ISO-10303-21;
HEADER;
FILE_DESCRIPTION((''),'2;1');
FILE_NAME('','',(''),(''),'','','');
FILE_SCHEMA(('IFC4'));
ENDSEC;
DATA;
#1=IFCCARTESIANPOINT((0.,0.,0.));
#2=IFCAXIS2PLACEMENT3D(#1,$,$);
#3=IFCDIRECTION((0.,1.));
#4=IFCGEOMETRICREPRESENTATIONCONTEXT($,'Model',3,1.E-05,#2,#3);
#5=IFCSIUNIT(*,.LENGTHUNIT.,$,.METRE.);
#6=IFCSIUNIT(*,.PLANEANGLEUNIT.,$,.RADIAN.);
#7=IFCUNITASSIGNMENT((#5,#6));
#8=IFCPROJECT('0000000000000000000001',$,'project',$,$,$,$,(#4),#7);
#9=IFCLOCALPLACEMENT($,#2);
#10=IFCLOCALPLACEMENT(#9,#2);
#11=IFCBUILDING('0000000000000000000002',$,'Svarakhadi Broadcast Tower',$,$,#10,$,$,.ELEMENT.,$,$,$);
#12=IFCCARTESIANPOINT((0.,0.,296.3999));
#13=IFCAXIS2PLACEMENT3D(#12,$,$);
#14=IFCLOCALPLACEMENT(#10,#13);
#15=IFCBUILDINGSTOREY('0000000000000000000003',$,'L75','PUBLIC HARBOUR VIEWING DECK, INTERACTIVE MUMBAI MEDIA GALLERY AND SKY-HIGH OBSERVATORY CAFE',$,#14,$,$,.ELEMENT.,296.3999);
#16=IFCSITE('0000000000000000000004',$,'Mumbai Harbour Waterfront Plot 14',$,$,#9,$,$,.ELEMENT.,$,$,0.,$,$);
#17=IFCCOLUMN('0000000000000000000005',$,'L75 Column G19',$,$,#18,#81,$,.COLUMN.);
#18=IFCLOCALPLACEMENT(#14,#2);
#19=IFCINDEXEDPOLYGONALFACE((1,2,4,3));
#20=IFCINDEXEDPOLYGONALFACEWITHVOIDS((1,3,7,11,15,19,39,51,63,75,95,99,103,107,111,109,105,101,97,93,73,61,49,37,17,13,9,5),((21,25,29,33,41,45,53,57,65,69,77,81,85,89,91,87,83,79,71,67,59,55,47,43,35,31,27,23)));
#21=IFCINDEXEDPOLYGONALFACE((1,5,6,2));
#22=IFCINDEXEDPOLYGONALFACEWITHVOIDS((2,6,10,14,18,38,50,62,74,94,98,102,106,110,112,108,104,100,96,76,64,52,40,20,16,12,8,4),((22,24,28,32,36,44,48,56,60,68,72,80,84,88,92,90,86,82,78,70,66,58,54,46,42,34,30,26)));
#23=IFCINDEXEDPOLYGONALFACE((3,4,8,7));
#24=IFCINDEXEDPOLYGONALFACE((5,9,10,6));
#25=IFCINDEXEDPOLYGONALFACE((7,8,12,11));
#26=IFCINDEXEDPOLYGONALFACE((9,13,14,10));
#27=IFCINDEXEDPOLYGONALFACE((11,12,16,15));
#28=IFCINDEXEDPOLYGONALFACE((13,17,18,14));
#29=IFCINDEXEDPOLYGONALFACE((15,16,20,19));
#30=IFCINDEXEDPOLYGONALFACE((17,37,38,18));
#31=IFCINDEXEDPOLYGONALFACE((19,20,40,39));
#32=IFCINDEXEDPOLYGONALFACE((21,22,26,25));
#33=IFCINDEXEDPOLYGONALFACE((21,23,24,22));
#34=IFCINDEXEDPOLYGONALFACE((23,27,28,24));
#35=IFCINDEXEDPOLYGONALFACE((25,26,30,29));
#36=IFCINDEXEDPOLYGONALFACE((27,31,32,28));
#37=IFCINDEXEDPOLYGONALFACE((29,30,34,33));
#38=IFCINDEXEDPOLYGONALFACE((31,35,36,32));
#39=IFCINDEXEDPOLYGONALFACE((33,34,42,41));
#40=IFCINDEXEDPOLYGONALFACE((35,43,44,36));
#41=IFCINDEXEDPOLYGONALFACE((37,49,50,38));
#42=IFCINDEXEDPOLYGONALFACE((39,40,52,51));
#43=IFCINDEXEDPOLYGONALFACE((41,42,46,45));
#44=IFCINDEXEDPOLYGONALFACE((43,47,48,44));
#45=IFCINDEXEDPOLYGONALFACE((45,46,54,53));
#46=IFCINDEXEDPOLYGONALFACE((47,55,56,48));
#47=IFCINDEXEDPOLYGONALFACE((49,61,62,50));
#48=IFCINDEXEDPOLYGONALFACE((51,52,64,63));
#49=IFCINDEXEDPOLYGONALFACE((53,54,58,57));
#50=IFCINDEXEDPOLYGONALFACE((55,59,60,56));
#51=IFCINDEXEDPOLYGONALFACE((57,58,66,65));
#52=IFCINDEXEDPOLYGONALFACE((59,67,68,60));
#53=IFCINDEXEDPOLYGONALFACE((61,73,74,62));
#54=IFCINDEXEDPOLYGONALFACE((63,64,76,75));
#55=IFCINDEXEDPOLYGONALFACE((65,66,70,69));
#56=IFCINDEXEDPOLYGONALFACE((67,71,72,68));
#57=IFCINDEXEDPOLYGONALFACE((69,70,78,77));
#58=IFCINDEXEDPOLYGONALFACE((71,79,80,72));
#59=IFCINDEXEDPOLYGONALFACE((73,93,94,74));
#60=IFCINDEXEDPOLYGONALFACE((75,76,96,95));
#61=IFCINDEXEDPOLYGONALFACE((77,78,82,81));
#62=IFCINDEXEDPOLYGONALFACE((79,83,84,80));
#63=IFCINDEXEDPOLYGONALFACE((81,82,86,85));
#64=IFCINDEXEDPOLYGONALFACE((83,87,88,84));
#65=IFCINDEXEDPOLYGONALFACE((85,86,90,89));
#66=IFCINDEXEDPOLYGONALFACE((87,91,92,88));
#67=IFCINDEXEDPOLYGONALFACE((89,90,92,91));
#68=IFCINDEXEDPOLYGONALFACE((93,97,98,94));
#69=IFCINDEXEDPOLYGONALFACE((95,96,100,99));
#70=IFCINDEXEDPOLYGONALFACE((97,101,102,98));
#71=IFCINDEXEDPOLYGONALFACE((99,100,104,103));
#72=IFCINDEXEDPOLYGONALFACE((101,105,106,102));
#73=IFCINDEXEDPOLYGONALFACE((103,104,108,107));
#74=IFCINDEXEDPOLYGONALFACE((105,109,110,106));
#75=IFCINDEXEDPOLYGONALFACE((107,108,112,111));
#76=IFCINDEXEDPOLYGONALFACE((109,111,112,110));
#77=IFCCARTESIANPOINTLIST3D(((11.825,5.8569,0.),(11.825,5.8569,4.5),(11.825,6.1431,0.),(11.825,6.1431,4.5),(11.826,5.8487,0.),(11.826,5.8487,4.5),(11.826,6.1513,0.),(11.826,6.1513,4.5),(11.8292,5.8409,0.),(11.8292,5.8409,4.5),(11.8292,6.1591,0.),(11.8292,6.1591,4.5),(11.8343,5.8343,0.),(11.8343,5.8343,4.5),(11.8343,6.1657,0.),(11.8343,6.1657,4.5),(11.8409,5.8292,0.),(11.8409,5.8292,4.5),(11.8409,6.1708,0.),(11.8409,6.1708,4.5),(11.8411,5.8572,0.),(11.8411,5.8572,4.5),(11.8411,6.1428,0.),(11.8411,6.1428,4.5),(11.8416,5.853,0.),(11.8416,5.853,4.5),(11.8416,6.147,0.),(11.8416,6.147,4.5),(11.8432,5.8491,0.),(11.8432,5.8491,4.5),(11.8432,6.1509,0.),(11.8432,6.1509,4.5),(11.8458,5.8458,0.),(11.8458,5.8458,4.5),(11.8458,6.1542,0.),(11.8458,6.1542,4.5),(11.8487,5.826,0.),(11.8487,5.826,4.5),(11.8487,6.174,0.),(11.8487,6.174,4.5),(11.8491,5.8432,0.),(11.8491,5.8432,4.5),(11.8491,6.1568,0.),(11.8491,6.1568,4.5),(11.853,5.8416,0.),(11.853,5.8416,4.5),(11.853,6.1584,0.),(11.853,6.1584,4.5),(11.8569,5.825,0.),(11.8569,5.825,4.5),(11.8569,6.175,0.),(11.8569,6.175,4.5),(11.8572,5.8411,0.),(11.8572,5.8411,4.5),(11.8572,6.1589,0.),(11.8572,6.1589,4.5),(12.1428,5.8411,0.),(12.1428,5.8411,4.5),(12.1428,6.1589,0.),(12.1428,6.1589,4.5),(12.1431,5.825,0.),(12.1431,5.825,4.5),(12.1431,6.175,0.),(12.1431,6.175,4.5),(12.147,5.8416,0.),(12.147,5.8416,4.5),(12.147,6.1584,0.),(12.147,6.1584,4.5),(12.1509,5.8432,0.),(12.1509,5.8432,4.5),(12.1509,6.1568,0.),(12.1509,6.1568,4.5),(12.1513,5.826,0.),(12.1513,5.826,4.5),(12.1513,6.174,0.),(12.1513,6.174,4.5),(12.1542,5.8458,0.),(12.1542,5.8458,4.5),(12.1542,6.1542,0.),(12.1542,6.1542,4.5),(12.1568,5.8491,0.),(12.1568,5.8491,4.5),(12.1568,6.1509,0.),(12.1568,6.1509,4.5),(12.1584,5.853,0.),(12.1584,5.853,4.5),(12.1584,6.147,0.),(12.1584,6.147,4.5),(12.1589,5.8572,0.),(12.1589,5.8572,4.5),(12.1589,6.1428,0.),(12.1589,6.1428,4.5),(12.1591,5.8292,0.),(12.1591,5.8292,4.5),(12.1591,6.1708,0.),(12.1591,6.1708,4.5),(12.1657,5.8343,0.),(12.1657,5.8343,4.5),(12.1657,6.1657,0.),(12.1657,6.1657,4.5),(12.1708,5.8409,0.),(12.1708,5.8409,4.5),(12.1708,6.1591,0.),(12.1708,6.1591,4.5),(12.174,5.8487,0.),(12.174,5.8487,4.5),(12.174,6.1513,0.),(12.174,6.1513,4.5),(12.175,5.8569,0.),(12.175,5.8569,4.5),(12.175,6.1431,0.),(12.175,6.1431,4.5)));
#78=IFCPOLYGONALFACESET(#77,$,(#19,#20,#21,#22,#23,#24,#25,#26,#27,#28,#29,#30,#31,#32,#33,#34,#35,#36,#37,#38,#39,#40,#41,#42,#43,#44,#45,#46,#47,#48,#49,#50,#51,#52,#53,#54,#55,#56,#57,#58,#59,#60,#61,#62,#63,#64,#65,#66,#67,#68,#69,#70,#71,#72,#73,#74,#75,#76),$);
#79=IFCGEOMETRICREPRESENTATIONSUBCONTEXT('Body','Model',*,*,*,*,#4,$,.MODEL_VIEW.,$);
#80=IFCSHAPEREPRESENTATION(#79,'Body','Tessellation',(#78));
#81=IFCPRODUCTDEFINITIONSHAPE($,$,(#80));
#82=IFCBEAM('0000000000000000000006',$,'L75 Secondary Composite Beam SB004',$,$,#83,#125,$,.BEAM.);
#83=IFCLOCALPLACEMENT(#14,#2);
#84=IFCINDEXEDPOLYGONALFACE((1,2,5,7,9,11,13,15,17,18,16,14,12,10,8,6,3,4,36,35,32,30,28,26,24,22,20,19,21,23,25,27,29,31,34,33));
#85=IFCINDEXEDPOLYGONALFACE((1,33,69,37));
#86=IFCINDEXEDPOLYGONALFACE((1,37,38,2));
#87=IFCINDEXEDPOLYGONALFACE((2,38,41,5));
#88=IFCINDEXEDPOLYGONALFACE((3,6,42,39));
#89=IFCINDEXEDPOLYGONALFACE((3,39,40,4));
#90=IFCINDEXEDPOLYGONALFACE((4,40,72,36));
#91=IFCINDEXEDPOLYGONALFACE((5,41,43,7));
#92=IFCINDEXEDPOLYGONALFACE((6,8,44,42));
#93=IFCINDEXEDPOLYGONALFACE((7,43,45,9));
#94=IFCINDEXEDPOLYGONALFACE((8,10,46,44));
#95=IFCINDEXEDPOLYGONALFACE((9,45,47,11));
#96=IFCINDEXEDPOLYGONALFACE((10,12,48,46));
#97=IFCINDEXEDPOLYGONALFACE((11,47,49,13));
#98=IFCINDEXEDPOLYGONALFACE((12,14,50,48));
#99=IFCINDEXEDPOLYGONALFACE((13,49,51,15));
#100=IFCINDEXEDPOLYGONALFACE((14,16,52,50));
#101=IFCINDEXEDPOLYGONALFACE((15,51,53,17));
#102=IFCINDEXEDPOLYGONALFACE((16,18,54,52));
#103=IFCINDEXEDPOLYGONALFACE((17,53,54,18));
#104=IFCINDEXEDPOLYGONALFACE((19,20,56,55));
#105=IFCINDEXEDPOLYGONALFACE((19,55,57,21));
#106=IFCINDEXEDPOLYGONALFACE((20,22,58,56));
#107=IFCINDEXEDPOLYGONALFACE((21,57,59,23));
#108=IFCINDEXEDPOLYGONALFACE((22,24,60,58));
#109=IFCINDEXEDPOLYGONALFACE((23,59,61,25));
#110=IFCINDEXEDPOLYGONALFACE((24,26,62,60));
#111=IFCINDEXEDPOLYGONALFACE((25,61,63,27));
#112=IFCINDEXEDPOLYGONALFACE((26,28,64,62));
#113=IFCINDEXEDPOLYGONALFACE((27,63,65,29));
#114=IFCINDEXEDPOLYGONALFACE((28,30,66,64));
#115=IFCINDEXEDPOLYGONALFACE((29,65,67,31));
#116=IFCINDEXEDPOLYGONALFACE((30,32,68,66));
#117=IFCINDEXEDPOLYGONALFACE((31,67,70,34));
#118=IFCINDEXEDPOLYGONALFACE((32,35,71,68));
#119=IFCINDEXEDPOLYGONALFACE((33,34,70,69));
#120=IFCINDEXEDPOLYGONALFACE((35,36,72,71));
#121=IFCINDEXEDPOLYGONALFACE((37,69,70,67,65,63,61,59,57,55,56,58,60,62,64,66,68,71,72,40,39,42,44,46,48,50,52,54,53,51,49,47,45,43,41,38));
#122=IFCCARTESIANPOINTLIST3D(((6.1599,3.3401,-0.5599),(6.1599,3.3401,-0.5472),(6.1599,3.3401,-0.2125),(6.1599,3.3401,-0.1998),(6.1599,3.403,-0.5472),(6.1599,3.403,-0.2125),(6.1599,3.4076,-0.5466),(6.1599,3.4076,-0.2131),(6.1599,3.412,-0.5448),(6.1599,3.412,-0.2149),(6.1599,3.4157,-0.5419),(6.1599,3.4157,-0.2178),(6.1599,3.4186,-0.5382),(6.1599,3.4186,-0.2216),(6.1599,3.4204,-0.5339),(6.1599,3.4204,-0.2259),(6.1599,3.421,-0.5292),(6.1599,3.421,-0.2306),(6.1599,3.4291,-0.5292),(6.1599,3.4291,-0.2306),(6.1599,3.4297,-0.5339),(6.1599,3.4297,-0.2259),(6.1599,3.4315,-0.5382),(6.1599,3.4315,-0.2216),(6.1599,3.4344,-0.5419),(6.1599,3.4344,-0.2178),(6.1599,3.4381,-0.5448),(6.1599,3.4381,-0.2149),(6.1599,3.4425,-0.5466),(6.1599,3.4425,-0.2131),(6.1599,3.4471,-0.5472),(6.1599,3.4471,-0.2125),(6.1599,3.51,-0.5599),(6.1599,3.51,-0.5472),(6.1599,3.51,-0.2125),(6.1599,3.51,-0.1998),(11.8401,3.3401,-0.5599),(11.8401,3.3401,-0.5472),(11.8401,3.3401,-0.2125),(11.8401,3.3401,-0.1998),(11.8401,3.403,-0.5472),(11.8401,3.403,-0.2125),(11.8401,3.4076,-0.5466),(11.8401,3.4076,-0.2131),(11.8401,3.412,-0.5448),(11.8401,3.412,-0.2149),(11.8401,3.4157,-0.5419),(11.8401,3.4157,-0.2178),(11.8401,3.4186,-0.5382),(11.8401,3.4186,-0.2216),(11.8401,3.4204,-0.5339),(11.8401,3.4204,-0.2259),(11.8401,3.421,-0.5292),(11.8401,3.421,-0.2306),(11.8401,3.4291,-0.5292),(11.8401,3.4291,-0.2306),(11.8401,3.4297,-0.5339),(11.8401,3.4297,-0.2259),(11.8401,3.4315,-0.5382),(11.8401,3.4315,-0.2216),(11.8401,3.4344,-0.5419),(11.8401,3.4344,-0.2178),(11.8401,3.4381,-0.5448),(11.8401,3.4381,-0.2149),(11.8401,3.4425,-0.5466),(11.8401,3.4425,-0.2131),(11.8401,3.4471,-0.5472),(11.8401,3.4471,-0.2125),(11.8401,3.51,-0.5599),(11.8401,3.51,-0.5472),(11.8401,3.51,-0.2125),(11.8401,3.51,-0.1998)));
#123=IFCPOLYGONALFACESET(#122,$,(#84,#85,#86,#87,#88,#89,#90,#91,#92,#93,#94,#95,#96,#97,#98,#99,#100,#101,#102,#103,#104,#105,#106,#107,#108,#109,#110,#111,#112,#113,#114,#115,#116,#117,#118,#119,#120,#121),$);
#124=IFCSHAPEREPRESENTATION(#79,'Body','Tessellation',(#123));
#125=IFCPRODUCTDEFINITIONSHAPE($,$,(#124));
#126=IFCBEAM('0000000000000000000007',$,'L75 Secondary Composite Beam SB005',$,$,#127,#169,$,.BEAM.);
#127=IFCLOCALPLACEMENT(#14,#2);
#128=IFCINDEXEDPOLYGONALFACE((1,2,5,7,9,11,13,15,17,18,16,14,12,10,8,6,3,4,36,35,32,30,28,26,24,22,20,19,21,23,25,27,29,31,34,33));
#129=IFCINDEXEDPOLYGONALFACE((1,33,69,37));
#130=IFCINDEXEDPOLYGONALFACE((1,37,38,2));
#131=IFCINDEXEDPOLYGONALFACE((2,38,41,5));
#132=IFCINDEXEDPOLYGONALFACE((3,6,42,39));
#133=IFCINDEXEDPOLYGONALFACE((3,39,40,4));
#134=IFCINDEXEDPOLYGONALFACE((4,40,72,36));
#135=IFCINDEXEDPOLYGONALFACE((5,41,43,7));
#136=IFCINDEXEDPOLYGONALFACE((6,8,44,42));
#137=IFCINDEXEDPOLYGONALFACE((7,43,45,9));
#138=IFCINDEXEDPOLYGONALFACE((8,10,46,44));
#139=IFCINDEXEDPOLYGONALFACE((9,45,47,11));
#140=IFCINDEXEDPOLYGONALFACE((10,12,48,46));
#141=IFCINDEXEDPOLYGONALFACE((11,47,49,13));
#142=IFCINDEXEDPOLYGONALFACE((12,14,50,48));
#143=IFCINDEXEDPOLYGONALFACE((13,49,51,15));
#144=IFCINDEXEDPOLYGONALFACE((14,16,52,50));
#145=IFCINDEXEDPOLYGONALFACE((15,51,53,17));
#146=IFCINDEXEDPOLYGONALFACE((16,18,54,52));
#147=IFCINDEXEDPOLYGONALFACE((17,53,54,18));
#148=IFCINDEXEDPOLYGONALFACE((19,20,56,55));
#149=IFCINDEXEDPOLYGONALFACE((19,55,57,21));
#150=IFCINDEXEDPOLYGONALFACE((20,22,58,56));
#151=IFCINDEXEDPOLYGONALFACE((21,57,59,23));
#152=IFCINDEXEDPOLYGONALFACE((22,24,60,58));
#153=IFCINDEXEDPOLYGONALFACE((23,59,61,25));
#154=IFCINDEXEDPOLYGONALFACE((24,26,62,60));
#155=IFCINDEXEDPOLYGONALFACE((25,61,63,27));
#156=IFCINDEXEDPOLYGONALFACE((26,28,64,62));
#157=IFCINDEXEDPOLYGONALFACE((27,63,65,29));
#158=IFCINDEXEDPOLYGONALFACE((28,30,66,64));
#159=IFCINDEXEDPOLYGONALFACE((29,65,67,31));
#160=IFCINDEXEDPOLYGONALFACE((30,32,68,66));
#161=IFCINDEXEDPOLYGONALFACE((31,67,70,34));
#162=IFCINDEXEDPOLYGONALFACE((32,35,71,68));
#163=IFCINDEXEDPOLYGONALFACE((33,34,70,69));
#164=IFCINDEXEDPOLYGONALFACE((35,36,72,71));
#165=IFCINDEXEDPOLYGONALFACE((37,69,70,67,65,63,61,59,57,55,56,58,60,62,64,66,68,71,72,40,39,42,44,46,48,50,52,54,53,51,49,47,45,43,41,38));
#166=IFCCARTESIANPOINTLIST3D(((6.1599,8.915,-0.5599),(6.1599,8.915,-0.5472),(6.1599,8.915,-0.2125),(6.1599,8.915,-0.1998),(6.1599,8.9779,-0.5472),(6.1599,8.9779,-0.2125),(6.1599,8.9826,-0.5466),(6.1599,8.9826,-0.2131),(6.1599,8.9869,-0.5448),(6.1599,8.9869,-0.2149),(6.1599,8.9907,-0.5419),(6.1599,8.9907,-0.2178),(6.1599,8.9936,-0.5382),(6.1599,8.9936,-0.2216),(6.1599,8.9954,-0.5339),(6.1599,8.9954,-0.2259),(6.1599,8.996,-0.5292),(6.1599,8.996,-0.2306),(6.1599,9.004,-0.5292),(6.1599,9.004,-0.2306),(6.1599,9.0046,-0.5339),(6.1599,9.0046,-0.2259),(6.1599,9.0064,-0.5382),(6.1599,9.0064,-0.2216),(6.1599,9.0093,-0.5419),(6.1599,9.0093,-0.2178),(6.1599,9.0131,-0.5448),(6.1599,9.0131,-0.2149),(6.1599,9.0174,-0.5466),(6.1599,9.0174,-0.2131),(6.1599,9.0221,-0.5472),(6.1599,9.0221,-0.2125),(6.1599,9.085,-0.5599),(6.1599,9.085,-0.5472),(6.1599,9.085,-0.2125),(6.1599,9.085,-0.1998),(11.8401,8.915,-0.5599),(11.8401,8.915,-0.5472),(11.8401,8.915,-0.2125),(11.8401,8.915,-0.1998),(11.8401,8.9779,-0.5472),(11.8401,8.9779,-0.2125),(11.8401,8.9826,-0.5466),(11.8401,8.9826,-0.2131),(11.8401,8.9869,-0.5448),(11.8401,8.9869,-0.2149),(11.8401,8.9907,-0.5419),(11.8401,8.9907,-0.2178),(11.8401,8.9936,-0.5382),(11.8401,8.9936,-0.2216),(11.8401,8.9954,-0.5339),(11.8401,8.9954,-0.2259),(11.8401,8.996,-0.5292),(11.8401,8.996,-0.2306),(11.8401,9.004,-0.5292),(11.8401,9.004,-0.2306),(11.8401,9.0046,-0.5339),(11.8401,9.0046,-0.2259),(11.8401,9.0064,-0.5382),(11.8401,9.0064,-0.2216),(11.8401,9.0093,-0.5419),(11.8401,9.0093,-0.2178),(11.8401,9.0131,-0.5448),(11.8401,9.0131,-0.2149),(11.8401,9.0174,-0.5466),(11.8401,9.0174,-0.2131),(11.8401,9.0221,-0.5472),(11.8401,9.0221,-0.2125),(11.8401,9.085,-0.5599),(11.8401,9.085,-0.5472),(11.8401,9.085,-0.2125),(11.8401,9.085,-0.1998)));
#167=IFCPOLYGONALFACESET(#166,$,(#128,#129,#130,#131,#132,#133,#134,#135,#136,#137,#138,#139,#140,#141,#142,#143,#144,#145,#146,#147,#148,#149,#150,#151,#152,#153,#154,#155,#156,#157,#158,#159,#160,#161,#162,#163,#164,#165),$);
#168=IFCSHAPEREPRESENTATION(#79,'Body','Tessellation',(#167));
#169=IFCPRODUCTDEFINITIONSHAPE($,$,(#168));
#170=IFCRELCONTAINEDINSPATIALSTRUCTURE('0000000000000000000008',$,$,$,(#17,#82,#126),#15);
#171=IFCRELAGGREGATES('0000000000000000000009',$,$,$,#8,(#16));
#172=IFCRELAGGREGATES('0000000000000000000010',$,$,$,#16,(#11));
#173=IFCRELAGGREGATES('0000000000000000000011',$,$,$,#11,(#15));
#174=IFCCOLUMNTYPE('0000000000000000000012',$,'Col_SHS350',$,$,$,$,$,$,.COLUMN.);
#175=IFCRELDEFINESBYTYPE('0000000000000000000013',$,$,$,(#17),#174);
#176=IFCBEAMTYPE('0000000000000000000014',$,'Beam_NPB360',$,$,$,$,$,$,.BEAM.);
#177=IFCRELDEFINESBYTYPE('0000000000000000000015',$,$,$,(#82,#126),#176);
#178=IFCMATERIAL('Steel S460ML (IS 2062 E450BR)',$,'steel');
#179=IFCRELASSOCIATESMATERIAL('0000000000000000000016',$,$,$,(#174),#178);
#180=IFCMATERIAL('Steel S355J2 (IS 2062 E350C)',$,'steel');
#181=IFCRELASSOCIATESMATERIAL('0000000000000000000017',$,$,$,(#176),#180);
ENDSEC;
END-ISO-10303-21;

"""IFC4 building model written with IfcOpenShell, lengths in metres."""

from ifc_helpers import new_model, si_unit, direction, frame, origin, origin_2d, place, context, subcontext, project, spatial, hollow_rectangle, i_section, extrude, material, material_profile, profile_set, type_object, element, save


model = new_model("IFC4")

# Units and contexts
model_context = context("Model", 3, precision=1e-05, world=origin(), true_north=direction((0.0, 1.0)))
body_context = subcontext(model_context, "Body", "Model", "MODEL_VIEW")
ifc_project = project(units=[si_unit("LENGTHUNIT", "METRE"), si_unit("PLANEANGLEUNIT", "RADIAN")], contexts=[model_context])

# Site, building, storey
site_placement = place(None, origin())
site = spatial("IfcSite", under=ifc_project, at=site_placement, Name="Mumbai Harbour Waterfront Plot 14", CompositionType="ELEMENT", RefElevation=0.0)
building_placement = place(site_placement, origin())
building = spatial("IfcBuilding", under=site, at=building_placement, Name="Svarakhadi Broadcast Tower", CompositionType="ELEMENT")
storey_placement = place(building_placement, frame((0.0, 0.0, 296.3999)))
storey = spatial("IfcBuildingStorey", under=building, at=storey_placement, Name="L75", Description="PUBLIC HARBOUR VIEWING DECK, INTERACTIVE MUMBAI MEDIA GALLERY AND SKY-HIGH OBSERVATORY CAFE", CompositionType="ELEMENT", Elevation=296.3999)

# Column
ifc_material_1 = material(Name="Steel S460ML (IS 2062 E450BR)", Category="steel")
ifc_material_profile_1 = material_profile(ifc_material_1, hollow_rectangle(XDim=0.3501, YDim=0.3501, WallThickness=0.0161, InnerFilletRadius=0.0161, OuterFilletRadius=0.032, at=origin_2d()), Name="SHS 350x350x16")
ifc_profile_set_1 = profile_set([ifc_material_profile_1], Name="Steel S460ML (IS 2062 E450BR)")
column_type = type_object("IfcColumnType", Name="Col_SHS350", PredefinedType="COLUMN", material=ifc_profile_set_1)
for number, where, z_axis, x_axis, name in (
    (1, (12.0, 6.0, 0.0), (0.0, 0.0, 1.0), (1.0, 0.0, 0.0), "L75 Column G19"),
):
    element("IfcColumn", number, at=place(storey_placement, frame(where, z_axis=z_axis, x_axis=x_axis)), inside=storey, type_object=column_type, Name=name, PredefinedType="COLUMN", context=body_context, shape_type="SweptSolid", body=[
        extrude(hollow_rectangle(XDim=0.3501, YDim=0.3501, WallThickness=0.0161, InnerFilletRadius=0.0161, OuterFilletRadius=0.032, at=origin_2d()), origin(), (0.0, 0.0, 1.0), 4.5),
    ])

# Beams
ifc_material_2 = material(Name="Steel S355J2 (IS 2062 E350C)", Category="steel")
ifc_material_profile_2 = material_profile(ifc_material_2, i_section(OverallWidth=0.1699, OverallDepth=0.3601, WebThickness=0.0081, FlangeThickness=0.0127, FilletRadius=0.0181, at=origin_2d()), Name="NPB 360x170x57")
ifc_profile_set_2 = profile_set([ifc_material_profile_2], Name="Steel S355J2 (IS 2062 E350C)")
beam_type_1 = type_object("IfcBeamType", Name="Beam_NPB360", PredefinedType="BEAM", material=ifc_profile_set_2)
for number, where, z_axis, x_axis, name in (
    (2, (6.1599, 3.425, -0.3799), (1.0, 0.0, 0.0), (0.0, 1.0, 0.0), "L75 Secondary Composite Beam SB004"),
    (3, (6.1599, 9.0, -0.3799), (1.0, 0.0, 0.0), (0.0, 1.0, 0.0), "L75 Secondary Composite Beam SB005"),
):
    element("IfcBeam", number, at=place(storey_placement, frame(where, z_axis=z_axis, x_axis=x_axis)), inside=storey, type_object=beam_type_1, Name=name, PredefinedType="BEAM", context=body_context, shape_type="SweptSolid", body=[
        extrude(i_section(OverallWidth=0.1699, OverallDepth=0.3601, WebThickness=0.0081, FlangeThickness=0.0127, FilletRadius=0.0181, at=origin_2d()), origin(), (0.0, 0.0, 1.0), 5.6802),
    ])

save(model, "model.ifc")
